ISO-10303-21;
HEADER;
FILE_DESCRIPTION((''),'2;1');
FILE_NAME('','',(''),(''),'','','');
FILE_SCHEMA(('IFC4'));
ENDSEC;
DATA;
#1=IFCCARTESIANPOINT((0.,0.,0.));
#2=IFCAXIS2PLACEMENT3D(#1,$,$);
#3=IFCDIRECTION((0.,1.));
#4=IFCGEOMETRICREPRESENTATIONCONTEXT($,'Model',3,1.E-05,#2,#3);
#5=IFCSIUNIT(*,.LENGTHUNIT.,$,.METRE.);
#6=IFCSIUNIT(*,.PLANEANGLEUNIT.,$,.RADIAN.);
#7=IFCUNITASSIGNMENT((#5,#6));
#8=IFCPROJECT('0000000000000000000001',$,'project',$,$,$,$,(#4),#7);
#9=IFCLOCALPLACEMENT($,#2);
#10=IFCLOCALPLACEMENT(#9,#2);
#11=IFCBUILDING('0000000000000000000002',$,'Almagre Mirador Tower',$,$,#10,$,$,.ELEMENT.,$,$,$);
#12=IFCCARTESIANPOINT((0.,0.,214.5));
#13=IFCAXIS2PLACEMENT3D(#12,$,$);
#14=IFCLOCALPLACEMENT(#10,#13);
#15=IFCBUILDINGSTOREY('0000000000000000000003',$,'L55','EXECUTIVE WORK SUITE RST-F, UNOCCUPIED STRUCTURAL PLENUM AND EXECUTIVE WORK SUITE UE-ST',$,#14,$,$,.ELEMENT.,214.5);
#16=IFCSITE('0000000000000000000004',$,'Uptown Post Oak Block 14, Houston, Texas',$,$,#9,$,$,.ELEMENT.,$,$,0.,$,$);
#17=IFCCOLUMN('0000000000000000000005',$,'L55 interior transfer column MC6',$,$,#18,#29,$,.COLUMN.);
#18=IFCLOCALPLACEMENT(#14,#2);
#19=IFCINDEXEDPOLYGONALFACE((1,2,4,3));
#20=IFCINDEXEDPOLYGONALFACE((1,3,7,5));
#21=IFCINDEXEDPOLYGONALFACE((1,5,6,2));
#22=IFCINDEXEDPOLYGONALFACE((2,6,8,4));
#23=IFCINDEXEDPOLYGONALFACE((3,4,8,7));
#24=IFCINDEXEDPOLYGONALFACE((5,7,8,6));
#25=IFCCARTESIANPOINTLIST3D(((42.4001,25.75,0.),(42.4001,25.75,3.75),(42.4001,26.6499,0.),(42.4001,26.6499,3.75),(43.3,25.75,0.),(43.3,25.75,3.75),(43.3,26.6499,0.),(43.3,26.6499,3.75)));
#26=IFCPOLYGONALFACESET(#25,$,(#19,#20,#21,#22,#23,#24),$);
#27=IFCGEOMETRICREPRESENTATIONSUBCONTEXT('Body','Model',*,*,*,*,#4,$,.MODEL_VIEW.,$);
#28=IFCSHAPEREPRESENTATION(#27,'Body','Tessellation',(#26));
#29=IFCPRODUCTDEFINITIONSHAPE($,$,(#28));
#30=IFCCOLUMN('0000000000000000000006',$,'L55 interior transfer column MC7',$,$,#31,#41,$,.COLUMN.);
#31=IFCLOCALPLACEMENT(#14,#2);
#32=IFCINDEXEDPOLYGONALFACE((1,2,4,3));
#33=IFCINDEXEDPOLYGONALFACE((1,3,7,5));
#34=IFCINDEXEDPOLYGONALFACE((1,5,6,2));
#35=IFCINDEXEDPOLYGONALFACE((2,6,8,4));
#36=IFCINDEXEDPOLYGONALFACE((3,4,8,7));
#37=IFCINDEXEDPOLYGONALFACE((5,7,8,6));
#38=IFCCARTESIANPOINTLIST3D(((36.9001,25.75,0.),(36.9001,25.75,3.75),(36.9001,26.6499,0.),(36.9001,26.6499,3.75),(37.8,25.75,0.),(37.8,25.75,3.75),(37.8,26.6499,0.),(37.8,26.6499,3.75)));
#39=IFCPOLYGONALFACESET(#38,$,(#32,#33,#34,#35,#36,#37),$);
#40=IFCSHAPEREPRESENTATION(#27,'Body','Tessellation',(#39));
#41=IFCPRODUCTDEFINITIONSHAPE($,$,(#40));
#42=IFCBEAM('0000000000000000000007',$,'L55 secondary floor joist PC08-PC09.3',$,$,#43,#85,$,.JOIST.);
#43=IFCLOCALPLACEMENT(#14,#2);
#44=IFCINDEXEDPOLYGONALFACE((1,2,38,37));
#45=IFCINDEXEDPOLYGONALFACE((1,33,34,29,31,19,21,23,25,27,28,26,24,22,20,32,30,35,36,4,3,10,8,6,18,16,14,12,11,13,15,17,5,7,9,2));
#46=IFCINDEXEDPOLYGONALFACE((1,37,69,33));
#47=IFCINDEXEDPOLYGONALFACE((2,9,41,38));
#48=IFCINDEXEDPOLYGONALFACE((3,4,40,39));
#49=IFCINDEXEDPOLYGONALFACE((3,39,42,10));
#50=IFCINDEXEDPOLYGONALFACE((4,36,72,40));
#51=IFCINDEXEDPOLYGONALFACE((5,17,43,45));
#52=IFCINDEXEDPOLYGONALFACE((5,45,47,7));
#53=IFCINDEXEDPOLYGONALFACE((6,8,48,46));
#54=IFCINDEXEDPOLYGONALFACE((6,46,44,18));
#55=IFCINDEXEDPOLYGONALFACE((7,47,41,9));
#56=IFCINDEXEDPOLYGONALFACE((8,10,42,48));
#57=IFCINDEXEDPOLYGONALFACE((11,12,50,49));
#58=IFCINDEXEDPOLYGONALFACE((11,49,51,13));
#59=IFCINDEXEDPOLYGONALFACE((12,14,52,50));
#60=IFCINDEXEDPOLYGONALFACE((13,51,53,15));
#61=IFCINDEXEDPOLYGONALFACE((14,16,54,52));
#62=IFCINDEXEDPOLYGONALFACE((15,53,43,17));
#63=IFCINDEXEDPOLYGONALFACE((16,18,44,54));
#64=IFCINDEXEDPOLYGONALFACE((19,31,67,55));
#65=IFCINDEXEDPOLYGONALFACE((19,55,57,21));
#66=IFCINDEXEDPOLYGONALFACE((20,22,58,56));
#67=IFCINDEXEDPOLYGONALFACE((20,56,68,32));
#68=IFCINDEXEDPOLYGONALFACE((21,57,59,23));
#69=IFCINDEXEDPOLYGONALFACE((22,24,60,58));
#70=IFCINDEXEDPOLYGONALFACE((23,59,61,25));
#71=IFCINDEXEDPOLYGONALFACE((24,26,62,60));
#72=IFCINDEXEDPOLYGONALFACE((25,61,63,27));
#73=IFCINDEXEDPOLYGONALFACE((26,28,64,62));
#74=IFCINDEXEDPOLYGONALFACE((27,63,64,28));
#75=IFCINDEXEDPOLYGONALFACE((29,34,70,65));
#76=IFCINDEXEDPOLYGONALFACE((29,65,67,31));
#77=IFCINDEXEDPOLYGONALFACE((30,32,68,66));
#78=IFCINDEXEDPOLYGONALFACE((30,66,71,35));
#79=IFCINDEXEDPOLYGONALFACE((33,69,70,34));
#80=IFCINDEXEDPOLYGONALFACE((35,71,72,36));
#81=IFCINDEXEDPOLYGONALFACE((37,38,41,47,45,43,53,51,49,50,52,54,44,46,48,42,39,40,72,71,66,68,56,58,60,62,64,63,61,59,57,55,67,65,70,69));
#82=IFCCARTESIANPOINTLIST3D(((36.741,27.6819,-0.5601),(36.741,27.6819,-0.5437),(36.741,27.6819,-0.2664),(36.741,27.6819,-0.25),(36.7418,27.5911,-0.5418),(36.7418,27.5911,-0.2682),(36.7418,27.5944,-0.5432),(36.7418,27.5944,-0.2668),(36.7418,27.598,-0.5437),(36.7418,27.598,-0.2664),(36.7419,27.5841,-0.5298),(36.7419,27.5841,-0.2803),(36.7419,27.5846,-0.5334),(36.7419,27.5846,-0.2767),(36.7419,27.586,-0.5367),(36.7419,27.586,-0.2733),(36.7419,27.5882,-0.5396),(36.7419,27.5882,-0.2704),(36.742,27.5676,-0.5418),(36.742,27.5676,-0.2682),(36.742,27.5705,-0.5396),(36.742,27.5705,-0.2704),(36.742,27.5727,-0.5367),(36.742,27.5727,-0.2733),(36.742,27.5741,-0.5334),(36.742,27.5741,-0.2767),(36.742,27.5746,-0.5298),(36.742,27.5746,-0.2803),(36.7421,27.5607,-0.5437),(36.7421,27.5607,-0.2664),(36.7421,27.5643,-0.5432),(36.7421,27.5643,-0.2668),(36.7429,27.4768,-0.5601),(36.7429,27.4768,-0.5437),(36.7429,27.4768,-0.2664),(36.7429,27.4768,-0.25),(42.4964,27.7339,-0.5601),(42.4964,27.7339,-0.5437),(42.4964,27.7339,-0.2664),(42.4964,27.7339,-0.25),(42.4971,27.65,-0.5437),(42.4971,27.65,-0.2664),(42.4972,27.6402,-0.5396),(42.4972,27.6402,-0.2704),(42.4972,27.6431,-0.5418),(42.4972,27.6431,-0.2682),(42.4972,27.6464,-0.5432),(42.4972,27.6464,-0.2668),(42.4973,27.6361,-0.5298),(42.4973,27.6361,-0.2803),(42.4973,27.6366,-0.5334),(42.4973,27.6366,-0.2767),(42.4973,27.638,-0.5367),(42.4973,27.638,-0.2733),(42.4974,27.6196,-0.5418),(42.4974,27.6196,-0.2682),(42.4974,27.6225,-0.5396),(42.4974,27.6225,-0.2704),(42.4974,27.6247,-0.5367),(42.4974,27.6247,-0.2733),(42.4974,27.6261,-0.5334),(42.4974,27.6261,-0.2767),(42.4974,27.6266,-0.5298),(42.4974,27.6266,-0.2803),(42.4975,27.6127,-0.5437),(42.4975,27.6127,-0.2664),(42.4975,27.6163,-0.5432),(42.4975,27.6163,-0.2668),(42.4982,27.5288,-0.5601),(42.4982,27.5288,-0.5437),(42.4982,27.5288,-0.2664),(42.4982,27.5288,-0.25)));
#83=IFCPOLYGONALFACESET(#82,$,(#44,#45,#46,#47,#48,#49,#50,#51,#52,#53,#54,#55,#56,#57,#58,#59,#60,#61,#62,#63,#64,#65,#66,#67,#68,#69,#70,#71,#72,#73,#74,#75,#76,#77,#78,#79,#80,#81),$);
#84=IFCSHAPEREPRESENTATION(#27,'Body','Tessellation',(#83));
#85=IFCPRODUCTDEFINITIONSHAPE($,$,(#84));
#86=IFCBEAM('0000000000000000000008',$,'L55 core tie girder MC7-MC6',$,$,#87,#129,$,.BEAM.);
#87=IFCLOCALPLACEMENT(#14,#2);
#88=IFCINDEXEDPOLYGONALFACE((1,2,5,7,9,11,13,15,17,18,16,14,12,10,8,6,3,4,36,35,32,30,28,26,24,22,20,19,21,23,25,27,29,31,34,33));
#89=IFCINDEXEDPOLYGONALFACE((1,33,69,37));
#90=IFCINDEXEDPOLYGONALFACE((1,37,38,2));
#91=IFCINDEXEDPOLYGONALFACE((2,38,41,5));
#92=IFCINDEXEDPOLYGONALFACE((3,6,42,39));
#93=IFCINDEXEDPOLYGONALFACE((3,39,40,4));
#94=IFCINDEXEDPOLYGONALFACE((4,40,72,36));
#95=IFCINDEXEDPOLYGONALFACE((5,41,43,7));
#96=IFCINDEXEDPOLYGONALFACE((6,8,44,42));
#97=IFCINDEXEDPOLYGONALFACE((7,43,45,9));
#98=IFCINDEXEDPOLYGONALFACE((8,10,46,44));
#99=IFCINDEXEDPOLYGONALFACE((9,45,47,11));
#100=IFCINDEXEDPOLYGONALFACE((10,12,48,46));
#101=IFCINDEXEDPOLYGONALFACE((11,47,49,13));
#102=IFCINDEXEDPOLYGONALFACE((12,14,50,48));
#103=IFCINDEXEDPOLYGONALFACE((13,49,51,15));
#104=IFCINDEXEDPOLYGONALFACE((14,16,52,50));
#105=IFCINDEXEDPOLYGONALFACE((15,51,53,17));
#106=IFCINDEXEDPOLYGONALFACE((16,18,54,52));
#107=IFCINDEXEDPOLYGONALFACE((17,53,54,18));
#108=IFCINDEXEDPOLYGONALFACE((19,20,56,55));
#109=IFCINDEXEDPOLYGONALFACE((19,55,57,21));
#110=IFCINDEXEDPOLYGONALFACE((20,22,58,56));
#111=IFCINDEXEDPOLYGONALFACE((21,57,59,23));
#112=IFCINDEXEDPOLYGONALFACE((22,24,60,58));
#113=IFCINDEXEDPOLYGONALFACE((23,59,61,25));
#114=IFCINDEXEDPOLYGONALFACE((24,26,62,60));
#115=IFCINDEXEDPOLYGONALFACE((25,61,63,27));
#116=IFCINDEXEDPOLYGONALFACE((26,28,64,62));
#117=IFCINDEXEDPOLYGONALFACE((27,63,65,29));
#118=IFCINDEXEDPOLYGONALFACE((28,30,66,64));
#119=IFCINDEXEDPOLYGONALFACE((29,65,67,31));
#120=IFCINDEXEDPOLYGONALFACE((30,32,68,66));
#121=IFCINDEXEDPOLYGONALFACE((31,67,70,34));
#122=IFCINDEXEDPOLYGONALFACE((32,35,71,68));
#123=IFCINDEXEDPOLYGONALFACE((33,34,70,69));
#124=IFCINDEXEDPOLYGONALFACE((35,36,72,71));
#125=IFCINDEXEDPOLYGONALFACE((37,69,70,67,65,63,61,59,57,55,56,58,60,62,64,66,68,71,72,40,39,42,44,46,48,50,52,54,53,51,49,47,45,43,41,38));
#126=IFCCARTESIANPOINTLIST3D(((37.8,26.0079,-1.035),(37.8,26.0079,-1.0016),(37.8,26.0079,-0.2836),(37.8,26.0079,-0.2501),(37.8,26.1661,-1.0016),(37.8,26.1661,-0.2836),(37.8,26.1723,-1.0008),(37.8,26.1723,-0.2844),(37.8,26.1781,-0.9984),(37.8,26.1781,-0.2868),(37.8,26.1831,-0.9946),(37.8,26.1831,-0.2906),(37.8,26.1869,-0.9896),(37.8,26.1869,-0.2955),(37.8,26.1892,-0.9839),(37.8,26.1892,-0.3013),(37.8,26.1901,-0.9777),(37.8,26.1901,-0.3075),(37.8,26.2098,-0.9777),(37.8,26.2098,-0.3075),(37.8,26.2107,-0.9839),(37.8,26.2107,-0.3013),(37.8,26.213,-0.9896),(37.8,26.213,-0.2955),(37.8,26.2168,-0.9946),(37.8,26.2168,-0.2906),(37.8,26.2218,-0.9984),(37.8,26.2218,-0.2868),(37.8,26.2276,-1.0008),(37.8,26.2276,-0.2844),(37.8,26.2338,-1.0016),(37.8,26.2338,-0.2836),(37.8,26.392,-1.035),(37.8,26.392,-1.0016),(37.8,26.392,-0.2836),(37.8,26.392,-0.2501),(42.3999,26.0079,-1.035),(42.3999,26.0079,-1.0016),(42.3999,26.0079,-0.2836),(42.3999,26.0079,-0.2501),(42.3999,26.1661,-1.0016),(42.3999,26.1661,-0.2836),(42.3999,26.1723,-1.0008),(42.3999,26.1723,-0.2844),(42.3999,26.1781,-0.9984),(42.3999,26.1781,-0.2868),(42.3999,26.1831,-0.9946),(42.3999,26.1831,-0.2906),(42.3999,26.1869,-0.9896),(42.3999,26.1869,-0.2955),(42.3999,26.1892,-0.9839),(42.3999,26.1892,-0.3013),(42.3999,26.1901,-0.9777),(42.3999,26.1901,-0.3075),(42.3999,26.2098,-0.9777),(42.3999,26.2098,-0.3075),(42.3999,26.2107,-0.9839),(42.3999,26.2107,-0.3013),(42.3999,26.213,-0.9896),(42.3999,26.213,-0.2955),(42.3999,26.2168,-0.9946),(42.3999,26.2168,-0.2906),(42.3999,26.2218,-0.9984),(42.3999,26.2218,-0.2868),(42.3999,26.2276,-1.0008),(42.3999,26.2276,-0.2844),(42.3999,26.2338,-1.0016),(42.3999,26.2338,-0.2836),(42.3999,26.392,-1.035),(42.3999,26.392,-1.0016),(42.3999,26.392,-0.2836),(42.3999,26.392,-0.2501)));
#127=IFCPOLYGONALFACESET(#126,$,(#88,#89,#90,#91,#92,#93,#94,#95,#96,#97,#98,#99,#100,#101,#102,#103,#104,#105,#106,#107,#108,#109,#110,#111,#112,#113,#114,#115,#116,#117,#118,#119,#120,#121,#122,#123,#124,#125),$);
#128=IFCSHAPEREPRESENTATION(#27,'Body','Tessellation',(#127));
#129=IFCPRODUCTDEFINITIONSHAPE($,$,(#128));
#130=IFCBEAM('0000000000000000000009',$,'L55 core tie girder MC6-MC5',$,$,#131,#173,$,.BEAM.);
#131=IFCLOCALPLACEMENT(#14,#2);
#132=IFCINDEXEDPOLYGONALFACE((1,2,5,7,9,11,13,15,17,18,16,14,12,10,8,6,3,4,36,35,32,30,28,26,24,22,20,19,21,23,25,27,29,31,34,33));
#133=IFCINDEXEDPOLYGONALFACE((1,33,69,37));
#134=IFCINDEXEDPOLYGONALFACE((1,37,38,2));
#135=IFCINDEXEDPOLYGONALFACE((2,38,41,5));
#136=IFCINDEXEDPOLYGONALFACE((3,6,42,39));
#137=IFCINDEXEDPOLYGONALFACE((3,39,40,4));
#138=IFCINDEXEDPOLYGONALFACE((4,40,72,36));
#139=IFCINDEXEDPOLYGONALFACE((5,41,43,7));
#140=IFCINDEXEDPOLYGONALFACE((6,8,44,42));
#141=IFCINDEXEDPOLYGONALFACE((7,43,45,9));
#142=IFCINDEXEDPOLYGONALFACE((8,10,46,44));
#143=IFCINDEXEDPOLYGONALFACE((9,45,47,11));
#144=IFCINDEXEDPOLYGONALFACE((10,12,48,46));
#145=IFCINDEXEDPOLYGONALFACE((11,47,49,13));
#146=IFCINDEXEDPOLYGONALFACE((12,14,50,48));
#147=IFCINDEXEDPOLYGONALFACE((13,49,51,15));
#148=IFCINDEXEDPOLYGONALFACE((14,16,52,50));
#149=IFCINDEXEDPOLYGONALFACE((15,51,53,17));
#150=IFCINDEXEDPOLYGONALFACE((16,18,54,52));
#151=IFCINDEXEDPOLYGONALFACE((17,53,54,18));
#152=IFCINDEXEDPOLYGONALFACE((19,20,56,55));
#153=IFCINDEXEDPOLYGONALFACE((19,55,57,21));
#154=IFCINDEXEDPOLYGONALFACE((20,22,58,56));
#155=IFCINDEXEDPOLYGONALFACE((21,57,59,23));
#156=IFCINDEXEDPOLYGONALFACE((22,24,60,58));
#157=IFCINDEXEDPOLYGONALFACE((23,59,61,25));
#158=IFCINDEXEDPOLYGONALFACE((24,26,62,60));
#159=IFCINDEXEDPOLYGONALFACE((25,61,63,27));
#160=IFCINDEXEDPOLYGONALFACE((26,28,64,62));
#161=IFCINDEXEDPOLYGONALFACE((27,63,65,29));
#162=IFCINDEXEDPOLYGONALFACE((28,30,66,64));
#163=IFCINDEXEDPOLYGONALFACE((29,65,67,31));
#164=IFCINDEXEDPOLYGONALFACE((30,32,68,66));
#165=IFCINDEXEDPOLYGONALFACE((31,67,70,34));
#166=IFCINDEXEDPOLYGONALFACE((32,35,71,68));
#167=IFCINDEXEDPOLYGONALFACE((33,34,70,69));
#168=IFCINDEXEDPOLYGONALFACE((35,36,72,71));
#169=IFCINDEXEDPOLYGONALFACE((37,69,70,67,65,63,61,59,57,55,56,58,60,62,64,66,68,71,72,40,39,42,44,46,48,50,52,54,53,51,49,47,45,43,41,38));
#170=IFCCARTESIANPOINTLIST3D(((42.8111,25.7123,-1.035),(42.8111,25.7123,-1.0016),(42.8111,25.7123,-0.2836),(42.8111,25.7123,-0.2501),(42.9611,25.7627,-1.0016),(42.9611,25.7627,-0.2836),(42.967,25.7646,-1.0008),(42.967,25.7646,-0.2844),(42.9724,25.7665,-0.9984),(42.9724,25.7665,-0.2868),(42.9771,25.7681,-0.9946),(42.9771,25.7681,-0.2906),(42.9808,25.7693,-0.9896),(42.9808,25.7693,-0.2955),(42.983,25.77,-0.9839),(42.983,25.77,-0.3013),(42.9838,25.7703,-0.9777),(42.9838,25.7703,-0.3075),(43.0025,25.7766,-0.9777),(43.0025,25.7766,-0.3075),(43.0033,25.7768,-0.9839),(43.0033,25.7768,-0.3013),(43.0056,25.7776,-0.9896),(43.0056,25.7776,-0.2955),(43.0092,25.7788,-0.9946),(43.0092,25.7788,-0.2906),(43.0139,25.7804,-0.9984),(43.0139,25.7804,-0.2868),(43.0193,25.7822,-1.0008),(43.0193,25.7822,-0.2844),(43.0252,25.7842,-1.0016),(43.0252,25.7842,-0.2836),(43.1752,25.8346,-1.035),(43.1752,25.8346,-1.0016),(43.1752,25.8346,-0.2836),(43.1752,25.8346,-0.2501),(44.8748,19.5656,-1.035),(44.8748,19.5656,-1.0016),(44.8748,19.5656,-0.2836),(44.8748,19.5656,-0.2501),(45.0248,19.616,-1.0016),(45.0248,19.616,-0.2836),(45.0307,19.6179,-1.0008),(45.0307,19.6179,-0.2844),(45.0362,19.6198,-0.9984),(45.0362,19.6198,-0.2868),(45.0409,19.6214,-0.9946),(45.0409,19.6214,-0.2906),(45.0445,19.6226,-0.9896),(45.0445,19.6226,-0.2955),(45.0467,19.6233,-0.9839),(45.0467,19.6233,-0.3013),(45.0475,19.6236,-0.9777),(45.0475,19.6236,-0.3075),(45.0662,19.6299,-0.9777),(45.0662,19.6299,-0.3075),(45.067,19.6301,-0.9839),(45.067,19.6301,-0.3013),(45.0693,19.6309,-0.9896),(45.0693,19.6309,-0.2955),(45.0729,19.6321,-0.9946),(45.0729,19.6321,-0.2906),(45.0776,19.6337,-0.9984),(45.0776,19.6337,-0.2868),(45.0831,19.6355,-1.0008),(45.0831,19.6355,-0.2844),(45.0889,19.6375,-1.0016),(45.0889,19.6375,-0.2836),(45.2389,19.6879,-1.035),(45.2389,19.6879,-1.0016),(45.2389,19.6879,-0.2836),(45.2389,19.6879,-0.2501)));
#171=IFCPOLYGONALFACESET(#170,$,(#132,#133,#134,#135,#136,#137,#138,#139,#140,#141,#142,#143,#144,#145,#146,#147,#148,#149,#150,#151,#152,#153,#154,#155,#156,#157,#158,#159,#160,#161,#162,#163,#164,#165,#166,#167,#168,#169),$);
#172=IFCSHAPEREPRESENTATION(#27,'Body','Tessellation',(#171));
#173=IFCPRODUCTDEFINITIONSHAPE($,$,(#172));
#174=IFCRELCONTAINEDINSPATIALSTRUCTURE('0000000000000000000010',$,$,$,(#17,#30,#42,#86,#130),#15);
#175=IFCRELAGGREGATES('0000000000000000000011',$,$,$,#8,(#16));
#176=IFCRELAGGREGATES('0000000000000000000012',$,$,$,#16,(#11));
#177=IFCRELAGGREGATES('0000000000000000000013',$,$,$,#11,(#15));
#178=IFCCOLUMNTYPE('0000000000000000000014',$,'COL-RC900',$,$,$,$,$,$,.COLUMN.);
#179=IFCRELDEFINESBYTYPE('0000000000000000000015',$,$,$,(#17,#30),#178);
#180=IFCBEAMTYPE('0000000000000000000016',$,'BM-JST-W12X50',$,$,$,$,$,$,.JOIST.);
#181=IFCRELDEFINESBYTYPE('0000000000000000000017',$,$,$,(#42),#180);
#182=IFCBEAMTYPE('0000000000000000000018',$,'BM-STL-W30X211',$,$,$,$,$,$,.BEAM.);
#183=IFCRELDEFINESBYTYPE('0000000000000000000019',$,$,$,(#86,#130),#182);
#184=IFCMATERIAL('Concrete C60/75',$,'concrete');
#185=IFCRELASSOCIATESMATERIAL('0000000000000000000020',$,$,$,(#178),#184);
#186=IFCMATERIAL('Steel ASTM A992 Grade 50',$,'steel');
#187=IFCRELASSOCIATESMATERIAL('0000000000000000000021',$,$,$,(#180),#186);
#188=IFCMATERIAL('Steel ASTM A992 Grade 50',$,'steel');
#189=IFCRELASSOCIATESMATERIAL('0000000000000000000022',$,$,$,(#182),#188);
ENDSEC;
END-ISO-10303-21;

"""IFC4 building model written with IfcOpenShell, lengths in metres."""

from ifc_helpers import new_model, si_unit, direction, frame, origin, origin_2d, place, context, subcontext, project, spatial, rectangle, i_section, extrude, material, material_profile, profile_set, type_object, element, save


model = new_model("IFC4")

# Units and contexts
model_context = context("Model", 3, precision=1e-05, world=origin(), true_north=direction((0.0, 1.0)))
body_context = subcontext(model_context, "Body", "Model", "MODEL_VIEW")
ifc_project = project(units=[si_unit("LENGTHUNIT", "METRE"), si_unit("PLANEANGLEUNIT", "RADIAN")], contexts=[model_context])

# Site, building, storey
site_placement = place(None, origin())
site = spatial("IfcSite", under=ifc_project, at=site_placement, Name="Uptown Post Oak Block 14, Houston, Texas", CompositionType="ELEMENT", RefElevation=0.0)
building_placement = place(site_placement, origin())
building = spatial("IfcBuilding", under=site, at=building_placement, Name="Almagre Mirador Tower", CompositionType="ELEMENT")
storey_placement = place(building_placement, frame((0.0, 0.0, 214.5)))
storey = spatial("IfcBuildingStorey", under=building, at=storey_placement, Name="L55", Description="EXECUTIVE WORK SUITE RST-F, UNOCCUPIED STRUCTURAL PLENUM AND EXECUTIVE WORK SUITE UE-ST", CompositionType="ELEMENT", Elevation=214.5)

# Columns
ifc_material_1 = material(Name="Concrete C60/75", Category="concrete")
ifc_material_profile_1 = material_profile(ifc_material_1, rectangle(XDim=0.8999, YDim=0.8999, at=origin_2d()), Name="RC900X900")
ifc_profile_set_1 = profile_set([ifc_material_profile_1], Name="Concrete C60/75")
column_type = type_object("IfcColumnType", Name="COL-RC900", PredefinedType="COLUMN", material=ifc_profile_set_1)
for number, where, z_axis, x_axis, name in (
    (1, (42.8501, 26.2, 0.0), (0.0, 0.0, 1.0), (1.0, 0.0, 0.0), "L55 interior transfer column MC6"),
    (2, (37.3501, 26.2, 0.0), (0.0, 0.0, 1.0), (1.0, 0.0, 0.0), "L55 interior transfer column MC7"),
):
    element("IfcColumn", number, at=place(storey_placement, frame(where, z_axis=z_axis, x_axis=x_axis)), inside=storey, type_object=column_type, Name=name, PredefinedType="COLUMN", context=body_context, shape_type="SweptSolid", body=[
        extrude(rectangle(XDim=0.8999, YDim=0.8999, at=origin_2d()), origin(), (0.0, 0.0, 1.0), 3.75),
    ])

# Beams
ifc_material_2 = material(Name="Steel ASTM A992 Grade 50", Category="steel")
ifc_material_profile_2 = material_profile(ifc_material_2, i_section(OverallWidth=0.2051, OverallDepth=0.3101, WebThickness=0.0095, FlangeThickness=0.0164, FilletRadius=0.0139, at=origin_2d()), Name="W12X50")
ifc_profile_set_2 = profile_set([ifc_material_profile_2], Name="Steel ASTM A992 Grade 50")
beam_type_1 = type_object("IfcBeamType", Name="BM-JST-W12X50", PredefinedType="JOIST", material=ifc_profile_set_2)
beam_1_placement = place(storey_placement, frame((42.4973, 27.6313, -0.405), z_axis=(-0.999959, -0.009035, 0.0), x_axis=(0.009035, -0.999959, 0.0)))
element("IfcBeam", 3, at=beam_1_placement, inside=storey, type_object=beam_type_1, Name="L55 secondary floor joist PC08-PC09.3", PredefinedType="JOIST", context=body_context, shape_type="SweptSolid", body=[
    extrude(i_section(OverallWidth=0.2051, OverallDepth=0.3101, WebThickness=0.0095, FlangeThickness=0.0164, FilletRadius=0.0139, at=origin_2d()), origin(), (0.0, 0.0, 1.0), 5.7556),
])
ifc_material_3 = material(Name="Steel ASTM A992 Grade 50", Category="steel")
ifc_material_profile_3 = material_profile(ifc_material_3, i_section(OverallWidth=0.384, OverallDepth=0.7849, WebThickness=0.0198, FlangeThickness=0.0334, FilletRadius=0.0239, at=origin_2d()), Name="W30X211")
ifc_profile_set_3 = profile_set([ifc_material_profile_3], Name="Steel ASTM A992 Grade 50")
beam_type_2 = type_object("IfcBeamType", Name="BM-STL-W30X211", PredefinedType="BEAM", material=ifc_profile_set_3)
beam_2_placement = place(storey_placement, frame((37.8, 26.2, -0.6426), z_axis=(1.0, 0.0, 0.0), x_axis=(0.0, 1.0, 0.0)))
element("IfcBeam", 4, at=beam_2_placement, inside=storey, type_object=beam_type_2, Name="L55 core tie girder MC7-MC6", PredefinedType="BEAM", context=body_context, shape_type="SweptSolid", body=[
    extrude(i_section(OverallWidth=0.384, OverallDepth=0.7849, WebThickness=0.0198, FlangeThickness=0.0334, FilletRadius=0.0239, at=origin_2d()), origin(), (0.0, 0.0, 1.0), 4.5999),
])
beam_3_placement = place(storey_placement, frame((42.9932, 25.7734, -0.6426), z_axis=(0.318283, -0.947996, 0.0), x_axis=(0.947996, 0.318283, 0.0)))
element("IfcBeam", 5, at=beam_3_placement, inside=storey, type_object=beam_type_2, Name="L55 core tie girder MC6-MC5", PredefinedType="BEAM", context=body_context, shape_type="SweptSolid", body=[
    extrude(i_section(OverallWidth=0.384, OverallDepth=0.7849, WebThickness=0.0198, FlangeThickness=0.0334, FilletRadius=0.0239, at=origin_2d()), origin(), (0.0, 0.0, 1.0), 6.4839),
])

save(model, "model.ifc")
